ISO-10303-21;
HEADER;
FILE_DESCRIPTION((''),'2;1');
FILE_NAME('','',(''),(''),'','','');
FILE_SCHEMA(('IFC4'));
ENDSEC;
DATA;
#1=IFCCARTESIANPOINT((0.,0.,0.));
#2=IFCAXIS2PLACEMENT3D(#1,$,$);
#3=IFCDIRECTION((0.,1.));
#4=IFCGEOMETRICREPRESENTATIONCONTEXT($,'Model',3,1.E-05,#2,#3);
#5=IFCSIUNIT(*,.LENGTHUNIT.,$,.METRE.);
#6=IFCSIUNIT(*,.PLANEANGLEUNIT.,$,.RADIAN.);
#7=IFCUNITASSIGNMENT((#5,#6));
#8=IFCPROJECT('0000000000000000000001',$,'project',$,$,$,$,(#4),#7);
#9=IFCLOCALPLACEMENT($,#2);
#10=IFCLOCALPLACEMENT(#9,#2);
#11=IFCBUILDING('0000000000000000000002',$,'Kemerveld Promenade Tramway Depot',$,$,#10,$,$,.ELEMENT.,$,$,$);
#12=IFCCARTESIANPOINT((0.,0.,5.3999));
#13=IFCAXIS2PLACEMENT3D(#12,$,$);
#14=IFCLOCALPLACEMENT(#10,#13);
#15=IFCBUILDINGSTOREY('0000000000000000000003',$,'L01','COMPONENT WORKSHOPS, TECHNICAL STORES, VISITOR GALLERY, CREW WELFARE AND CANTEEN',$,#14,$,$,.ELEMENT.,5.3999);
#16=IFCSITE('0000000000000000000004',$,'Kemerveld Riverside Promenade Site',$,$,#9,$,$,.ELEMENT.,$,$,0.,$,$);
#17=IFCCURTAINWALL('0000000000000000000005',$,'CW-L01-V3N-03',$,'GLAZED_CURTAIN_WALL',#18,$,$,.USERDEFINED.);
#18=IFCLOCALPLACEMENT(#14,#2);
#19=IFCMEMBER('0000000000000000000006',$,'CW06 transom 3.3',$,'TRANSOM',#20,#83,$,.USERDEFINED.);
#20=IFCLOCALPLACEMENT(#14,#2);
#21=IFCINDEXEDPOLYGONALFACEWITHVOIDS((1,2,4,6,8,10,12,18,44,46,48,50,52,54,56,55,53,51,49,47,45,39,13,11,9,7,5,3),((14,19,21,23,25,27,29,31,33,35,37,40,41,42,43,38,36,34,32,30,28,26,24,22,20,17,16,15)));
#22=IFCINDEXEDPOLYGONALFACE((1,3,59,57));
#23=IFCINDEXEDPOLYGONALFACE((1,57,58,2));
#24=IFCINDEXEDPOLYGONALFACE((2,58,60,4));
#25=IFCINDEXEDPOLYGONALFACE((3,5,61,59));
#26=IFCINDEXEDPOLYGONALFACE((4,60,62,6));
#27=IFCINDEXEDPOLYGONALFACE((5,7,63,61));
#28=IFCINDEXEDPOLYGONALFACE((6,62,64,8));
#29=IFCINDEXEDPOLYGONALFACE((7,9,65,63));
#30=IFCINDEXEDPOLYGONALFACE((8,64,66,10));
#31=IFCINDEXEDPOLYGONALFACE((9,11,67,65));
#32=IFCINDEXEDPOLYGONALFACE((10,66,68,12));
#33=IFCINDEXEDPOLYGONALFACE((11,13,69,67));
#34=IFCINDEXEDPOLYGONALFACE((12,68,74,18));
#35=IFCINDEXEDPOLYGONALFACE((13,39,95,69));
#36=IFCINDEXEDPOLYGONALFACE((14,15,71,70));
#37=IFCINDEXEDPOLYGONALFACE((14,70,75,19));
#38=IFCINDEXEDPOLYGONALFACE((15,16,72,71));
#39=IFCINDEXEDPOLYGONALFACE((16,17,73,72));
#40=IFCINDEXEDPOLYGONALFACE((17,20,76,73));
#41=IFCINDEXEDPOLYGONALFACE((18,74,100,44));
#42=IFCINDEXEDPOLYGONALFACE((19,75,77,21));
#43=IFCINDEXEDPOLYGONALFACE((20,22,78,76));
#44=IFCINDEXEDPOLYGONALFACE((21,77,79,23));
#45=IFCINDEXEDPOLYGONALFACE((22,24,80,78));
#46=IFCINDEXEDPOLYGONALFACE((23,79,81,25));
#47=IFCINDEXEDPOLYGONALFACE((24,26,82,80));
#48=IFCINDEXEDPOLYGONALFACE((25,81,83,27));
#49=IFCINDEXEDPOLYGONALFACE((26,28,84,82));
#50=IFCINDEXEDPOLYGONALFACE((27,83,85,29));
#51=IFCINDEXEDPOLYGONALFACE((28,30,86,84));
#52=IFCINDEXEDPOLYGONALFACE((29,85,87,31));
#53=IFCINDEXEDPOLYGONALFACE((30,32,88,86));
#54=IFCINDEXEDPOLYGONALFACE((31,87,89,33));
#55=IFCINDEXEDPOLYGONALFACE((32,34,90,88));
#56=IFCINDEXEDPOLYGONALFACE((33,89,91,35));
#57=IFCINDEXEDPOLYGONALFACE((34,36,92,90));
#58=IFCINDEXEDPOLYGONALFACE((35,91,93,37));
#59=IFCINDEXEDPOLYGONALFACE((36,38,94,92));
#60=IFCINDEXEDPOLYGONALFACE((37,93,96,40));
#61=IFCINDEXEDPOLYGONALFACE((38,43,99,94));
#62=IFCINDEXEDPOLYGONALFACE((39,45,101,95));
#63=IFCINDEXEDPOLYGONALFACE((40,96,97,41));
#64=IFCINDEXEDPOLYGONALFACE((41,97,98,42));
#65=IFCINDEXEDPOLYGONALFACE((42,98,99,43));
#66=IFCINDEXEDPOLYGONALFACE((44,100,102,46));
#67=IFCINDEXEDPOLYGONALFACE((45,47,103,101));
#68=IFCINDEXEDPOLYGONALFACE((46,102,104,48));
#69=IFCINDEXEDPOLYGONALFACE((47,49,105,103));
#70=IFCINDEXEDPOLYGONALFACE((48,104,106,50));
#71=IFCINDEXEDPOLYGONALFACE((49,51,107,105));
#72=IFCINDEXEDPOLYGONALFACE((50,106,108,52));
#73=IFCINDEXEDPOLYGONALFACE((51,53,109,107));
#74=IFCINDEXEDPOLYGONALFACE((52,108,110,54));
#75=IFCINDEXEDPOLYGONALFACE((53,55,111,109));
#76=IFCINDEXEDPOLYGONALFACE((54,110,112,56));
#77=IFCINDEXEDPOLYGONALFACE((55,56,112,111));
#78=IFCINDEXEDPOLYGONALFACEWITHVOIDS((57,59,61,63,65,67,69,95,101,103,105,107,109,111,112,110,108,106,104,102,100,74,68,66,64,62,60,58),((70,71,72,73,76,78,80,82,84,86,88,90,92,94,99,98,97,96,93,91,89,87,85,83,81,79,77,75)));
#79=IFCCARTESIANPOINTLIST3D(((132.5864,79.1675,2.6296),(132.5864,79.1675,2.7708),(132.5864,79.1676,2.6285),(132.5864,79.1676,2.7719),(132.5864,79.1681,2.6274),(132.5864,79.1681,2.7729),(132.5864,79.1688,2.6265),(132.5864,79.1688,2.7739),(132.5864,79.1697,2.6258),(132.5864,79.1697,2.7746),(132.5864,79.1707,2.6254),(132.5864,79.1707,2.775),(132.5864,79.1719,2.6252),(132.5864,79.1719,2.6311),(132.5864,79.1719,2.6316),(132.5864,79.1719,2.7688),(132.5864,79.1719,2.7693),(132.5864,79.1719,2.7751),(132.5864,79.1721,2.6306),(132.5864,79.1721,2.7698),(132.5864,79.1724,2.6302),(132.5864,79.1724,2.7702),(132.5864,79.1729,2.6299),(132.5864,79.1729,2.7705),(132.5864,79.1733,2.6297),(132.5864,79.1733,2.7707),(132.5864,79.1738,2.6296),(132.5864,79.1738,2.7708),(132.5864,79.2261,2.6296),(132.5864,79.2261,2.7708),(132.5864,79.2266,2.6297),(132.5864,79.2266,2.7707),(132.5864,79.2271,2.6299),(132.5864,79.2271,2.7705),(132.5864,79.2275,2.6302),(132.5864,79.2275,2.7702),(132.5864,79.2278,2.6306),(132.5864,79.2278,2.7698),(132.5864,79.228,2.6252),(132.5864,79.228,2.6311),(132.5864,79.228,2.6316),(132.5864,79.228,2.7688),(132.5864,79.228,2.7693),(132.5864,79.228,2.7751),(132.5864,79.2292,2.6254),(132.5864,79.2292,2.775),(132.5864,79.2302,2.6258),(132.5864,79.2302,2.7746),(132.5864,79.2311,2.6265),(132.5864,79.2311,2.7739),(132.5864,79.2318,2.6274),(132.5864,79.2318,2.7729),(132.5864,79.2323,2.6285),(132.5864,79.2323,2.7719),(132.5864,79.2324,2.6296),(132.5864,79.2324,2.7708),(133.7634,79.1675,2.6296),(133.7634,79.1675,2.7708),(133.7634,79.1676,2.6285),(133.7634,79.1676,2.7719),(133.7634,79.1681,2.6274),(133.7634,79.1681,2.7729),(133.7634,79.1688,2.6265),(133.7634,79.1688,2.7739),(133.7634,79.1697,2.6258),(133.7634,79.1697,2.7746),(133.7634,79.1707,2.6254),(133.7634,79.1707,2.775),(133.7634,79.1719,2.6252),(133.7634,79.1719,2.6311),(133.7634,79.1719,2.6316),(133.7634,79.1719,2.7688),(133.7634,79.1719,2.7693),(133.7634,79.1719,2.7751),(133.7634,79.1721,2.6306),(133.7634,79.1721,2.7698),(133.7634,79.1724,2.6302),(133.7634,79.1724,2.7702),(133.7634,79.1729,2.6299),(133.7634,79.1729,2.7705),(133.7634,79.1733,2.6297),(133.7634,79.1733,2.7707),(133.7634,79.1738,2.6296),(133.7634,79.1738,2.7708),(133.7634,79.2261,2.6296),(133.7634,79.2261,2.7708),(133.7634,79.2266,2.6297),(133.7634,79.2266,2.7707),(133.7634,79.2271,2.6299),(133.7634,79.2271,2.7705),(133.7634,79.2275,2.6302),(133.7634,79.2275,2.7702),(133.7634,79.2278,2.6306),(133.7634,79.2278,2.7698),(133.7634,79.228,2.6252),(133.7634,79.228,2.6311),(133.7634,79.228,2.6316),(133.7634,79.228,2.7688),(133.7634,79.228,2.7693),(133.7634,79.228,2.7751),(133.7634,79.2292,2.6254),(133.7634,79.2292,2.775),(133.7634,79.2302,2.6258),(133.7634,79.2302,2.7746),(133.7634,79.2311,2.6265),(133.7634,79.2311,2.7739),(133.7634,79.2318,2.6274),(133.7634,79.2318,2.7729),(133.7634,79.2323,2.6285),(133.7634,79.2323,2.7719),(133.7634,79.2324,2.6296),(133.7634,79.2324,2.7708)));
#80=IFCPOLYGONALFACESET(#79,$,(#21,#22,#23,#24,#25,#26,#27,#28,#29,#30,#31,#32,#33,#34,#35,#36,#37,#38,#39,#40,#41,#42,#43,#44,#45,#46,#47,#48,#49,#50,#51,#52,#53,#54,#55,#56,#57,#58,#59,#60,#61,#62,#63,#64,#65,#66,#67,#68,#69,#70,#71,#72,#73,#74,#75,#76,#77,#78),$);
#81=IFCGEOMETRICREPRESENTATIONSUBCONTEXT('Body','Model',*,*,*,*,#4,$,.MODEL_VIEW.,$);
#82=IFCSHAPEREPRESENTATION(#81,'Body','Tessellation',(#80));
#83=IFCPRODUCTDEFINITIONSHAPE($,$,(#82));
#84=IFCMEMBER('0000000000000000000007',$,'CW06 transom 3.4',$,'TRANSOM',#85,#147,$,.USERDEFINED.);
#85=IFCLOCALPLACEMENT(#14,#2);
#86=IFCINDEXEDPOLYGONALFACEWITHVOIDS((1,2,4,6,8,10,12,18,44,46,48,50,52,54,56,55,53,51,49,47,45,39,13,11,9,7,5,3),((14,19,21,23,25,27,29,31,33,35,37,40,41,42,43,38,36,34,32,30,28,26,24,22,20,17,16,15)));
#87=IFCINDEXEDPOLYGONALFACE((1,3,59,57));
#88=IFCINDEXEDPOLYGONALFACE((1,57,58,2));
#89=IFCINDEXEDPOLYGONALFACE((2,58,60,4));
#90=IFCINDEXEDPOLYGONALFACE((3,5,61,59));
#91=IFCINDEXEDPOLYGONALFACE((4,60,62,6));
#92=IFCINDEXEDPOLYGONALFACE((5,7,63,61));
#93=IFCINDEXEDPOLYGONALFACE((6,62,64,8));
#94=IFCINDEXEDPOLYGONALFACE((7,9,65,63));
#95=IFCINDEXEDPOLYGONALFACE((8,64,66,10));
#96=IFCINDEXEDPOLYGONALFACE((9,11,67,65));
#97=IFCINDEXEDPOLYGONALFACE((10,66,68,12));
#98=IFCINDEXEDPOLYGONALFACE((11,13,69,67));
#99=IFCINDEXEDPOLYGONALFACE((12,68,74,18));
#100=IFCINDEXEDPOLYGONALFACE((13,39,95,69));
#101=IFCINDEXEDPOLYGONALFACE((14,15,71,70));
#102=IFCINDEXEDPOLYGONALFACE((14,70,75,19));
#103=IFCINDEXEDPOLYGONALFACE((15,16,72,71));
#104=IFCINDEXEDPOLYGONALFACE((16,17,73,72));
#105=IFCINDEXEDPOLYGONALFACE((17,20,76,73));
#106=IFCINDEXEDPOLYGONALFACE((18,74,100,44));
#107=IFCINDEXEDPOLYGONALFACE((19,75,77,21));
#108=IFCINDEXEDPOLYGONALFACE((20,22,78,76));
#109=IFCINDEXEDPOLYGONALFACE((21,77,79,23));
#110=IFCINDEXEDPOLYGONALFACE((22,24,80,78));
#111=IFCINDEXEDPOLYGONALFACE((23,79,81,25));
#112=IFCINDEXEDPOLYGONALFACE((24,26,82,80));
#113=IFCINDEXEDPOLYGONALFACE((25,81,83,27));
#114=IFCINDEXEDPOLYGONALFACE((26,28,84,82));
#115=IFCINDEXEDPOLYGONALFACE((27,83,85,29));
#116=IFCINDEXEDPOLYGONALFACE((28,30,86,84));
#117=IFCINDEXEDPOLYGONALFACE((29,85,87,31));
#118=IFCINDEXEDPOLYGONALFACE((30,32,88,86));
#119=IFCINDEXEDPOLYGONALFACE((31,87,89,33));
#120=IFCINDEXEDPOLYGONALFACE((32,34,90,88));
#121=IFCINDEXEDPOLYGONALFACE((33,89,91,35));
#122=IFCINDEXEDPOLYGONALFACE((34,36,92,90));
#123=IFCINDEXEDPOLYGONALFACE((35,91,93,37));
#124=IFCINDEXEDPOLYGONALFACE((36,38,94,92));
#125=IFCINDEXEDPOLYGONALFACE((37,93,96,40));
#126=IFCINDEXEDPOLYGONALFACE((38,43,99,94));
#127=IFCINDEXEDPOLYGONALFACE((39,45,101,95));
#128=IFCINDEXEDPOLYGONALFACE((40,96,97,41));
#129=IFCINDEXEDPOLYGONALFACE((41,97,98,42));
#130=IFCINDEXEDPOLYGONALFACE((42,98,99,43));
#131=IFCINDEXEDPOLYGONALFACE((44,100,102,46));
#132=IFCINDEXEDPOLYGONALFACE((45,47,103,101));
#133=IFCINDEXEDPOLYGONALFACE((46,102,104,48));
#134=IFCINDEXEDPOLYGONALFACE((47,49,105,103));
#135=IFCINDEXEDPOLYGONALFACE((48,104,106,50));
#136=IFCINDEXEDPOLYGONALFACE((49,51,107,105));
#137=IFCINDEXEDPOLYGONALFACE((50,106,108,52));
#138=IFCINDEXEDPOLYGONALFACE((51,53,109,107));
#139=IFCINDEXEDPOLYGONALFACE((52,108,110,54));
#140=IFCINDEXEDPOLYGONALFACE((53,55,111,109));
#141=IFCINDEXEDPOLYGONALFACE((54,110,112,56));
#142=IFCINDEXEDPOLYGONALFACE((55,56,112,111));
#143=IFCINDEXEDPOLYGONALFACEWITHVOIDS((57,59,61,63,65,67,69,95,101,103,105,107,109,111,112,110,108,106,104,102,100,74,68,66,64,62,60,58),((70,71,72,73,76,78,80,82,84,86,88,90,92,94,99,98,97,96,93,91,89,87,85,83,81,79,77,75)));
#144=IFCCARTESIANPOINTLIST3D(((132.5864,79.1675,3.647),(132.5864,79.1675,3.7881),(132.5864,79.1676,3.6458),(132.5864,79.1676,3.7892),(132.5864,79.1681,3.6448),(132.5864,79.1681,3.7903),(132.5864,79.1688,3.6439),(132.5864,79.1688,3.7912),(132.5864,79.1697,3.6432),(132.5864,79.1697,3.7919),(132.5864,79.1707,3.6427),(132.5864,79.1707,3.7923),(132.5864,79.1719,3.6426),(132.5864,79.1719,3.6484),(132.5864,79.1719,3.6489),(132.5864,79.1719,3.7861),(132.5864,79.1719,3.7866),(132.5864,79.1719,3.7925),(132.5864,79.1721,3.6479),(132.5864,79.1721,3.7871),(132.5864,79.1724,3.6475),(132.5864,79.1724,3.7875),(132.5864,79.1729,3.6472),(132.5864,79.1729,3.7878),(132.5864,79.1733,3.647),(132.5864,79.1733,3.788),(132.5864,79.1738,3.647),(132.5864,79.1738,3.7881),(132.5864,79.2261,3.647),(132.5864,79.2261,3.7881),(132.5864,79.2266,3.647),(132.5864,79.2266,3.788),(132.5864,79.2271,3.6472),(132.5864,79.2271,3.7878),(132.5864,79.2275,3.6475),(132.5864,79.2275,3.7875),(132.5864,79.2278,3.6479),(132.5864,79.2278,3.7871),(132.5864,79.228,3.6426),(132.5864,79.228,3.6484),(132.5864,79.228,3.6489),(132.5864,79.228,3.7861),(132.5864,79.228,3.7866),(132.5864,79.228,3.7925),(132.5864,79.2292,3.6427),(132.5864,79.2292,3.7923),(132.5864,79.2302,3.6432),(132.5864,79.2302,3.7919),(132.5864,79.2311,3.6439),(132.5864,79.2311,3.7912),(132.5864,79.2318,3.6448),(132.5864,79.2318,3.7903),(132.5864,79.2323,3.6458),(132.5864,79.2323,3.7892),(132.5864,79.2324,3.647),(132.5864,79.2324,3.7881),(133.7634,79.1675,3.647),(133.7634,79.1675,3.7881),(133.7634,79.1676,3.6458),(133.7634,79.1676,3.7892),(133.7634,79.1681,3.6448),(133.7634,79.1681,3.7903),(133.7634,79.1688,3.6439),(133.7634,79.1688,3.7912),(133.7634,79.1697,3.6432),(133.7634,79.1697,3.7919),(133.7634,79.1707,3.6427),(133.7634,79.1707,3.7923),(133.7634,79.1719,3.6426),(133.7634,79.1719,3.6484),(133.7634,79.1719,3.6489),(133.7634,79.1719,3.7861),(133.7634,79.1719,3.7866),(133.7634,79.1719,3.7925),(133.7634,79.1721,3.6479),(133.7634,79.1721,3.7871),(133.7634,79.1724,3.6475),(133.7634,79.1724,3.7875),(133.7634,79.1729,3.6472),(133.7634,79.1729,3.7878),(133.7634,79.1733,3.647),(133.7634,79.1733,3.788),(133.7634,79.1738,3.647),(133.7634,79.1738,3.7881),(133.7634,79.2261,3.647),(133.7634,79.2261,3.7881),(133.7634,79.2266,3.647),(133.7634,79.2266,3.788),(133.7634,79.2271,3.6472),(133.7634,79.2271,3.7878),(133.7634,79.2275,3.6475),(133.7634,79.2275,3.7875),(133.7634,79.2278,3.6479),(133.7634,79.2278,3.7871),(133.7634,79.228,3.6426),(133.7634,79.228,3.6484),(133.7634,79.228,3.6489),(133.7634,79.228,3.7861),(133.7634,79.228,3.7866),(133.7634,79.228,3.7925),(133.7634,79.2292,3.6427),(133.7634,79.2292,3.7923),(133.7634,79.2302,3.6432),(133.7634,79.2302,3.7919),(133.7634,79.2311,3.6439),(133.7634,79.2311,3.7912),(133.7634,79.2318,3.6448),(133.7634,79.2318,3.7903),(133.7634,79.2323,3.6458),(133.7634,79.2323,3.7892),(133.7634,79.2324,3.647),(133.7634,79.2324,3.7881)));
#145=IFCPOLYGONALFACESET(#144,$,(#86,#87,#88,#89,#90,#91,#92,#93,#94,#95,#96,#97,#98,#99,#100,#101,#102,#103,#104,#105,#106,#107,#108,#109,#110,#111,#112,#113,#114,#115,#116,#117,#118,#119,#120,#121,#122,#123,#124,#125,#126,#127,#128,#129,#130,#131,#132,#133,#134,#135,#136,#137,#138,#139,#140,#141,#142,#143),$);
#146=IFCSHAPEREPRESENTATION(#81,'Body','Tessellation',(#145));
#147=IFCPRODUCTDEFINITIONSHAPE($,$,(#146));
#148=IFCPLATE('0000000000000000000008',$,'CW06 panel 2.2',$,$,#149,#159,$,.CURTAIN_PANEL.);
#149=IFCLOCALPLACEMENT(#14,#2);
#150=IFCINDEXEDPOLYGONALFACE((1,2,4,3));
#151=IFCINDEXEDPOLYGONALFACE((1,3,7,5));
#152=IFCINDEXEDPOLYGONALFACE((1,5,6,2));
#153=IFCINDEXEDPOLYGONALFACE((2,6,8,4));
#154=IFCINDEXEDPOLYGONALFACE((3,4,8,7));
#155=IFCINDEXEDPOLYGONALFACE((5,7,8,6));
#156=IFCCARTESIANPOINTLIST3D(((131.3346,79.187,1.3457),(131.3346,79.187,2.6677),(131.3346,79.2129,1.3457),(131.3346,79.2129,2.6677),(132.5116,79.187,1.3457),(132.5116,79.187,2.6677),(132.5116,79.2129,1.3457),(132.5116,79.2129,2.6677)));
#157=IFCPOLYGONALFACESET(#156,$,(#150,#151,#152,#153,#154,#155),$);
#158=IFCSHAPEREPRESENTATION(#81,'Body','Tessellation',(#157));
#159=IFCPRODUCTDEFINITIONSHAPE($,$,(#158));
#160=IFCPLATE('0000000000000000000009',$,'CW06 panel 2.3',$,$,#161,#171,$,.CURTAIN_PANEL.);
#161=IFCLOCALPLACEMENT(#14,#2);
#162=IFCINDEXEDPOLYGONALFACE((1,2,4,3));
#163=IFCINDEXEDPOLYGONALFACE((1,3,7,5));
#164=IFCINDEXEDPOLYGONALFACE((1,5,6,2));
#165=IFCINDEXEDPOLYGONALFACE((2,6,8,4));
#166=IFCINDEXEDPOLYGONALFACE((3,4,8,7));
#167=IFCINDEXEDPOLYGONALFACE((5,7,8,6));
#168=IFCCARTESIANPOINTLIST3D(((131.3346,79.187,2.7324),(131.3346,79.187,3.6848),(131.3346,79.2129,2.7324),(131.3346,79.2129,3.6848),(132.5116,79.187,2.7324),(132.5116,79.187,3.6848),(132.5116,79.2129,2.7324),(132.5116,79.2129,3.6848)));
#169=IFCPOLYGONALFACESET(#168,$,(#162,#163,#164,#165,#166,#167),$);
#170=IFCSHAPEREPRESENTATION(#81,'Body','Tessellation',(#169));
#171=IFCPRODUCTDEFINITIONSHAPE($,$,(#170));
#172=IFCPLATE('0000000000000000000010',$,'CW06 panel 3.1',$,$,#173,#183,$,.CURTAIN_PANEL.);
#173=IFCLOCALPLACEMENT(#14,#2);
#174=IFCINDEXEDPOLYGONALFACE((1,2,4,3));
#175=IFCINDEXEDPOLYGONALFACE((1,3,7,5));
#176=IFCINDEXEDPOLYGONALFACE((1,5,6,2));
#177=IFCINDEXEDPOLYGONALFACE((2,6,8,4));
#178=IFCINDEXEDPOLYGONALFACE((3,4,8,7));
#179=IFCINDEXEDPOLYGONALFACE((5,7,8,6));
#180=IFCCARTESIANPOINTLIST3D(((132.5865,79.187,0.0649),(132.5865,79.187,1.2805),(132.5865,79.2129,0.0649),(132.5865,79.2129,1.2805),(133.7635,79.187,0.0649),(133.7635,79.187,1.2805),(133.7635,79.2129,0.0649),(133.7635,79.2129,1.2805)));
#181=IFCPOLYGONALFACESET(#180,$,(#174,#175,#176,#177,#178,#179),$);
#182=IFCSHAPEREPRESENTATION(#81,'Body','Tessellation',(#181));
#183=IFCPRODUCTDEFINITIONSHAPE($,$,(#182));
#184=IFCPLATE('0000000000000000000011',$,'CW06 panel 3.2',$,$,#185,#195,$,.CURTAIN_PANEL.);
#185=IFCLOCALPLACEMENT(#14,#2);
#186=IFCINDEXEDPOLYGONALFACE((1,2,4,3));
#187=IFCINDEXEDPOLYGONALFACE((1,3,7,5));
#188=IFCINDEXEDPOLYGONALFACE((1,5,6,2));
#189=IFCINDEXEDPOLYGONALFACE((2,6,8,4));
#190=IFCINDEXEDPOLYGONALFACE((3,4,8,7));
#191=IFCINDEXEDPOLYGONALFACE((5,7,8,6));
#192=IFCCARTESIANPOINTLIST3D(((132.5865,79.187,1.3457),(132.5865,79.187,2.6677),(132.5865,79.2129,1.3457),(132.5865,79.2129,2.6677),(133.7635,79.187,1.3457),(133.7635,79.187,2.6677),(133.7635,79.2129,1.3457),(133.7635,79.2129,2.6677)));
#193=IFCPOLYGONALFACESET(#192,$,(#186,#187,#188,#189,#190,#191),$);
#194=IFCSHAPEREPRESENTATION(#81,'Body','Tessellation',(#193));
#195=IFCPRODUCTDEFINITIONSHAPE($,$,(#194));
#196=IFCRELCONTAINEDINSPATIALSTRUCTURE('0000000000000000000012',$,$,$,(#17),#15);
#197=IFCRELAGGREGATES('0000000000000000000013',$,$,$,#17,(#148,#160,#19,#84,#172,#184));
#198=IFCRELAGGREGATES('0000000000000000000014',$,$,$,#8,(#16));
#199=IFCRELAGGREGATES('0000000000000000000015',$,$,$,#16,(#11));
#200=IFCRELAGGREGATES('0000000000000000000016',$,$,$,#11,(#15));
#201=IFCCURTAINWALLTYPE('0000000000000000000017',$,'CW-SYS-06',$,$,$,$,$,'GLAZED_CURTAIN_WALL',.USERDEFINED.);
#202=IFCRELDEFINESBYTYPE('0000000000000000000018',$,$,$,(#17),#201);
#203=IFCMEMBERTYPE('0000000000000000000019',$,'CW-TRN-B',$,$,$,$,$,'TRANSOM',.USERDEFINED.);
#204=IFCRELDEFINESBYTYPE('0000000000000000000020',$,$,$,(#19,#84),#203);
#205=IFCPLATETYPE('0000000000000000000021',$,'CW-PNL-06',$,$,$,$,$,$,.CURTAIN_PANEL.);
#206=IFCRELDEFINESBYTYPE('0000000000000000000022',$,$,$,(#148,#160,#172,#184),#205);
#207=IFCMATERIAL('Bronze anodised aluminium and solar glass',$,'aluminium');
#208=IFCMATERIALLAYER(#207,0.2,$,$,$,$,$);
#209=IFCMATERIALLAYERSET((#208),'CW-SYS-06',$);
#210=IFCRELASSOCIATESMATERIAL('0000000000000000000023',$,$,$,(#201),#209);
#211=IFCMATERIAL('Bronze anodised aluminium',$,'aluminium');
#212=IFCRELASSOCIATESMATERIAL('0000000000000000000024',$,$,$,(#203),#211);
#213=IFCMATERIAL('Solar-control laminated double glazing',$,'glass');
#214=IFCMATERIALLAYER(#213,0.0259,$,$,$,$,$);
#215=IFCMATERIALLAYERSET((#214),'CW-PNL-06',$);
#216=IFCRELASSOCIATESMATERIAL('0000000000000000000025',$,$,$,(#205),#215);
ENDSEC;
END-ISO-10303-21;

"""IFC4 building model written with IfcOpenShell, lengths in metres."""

from ifc_helpers import new_model, si_unit, direction, frame, origin, origin_2d, place, context, subcontext, project, spatial, rectangle, hollow_rectangle, extrude, material, layer, layer_set, material_profile, profile_set, type_object, element, aggregate, save


model = new_model("IFC4")

# Units and contexts
model_context = context("Model", 3, precision=1e-05, world=origin(), true_north=direction((0.0, 1.0)))
body_context = subcontext(model_context, "Body", "Model", "MODEL_VIEW")
ifc_project = project(units=[si_unit("LENGTHUNIT", "METRE"), si_unit("PLANEANGLEUNIT", "RADIAN")], contexts=[model_context])

# Site, building, storey
site_placement = place(None, origin())
site = spatial("IfcSite", under=ifc_project, at=site_placement, Name="Kemerveld Riverside Promenade Site", CompositionType="ELEMENT", RefElevation=0.0)
building_placement = place(site_placement, origin())
building = spatial("IfcBuilding", under=site, at=building_placement, Name="Kemerveld Promenade Tramway Depot", CompositionType="ELEMENT")
storey_placement = place(building_placement, frame((0.0, 0.0, 5.3999)))
storey = spatial("IfcBuildingStorey", under=building, at=storey_placement, Name="L01", Description="COMPONENT WORKSHOPS, TECHNICAL STORES, VISITOR GALLERY, CREW WELFARE AND CANTEEN", CompositionType="ELEMENT", Elevation=5.3999)

# Curtain wall, members, plates
ifc_material_1 = material(Name="Bronze anodised aluminium and solar glass", Category="aluminium")
ifc_layer_1 = layer(ifc_material_1, 0.2)
ifc_layer_set_1 = layer_set([ifc_layer_1], Name="CW-SYS-06")
curtain_wall_type = type_object("IfcCurtainWallType", Name="CW-SYS-06", ElementType="GLAZED_CURTAIN_WALL", PredefinedType="USERDEFINED", material=ifc_layer_set_1)
curtain_wall_placement = place(storey_placement, origin())
curtain_wall = element("IfcCurtainWall", 1, at=curtain_wall_placement, inside=storey, type_object=curtain_wall_type, Name="CW-L01-V3N-03", ObjectType="GLAZED_CURTAIN_WALL", PredefinedType="USERDEFINED")
ifc_material_2 = material(Name="Bronze anodised aluminium", Category="aluminium")
ifc_material_profile_1 = material_profile(ifc_material_2, hollow_rectangle(XDim=0.0649, YDim=0.1499, WallThickness=0.0044, InnerFilletRadius=0.002, OuterFilletRadius=0.0044, at=origin_2d()), Name="CW-TRN-150x65")
ifc_profile_set_1 = profile_set([ifc_material_profile_1], Name="Bronze anodised aluminium")
member_type_1 = type_object("IfcMemberType", Name="CW-TRN-B", ElementType="TRANSOM", PredefinedType="USERDEFINED", material=ifc_profile_set_1)
member_1_placement = place(storey_placement, frame((132.5864, 79.2, 2.7002), z_axis=(1.0, 0.0, 0.0), x_axis=(0.0, 1.0, 0.0)))
member_1 = element("IfcMember", 2, at=member_1_placement, type_object=member_type_1, Name="CW06 transom 3.3", ObjectType="TRANSOM", PredefinedType="USERDEFINED", context=body_context, shape_type="SweptSolid", body=[
    extrude(hollow_rectangle(XDim=0.0649, YDim=0.1499, WallThickness=0.0044, InnerFilletRadius=0.002, OuterFilletRadius=0.0044, at=origin_2d()), origin(), (0.0, 0.0, 1.0), 1.177),
])
member_2_placement = place(storey_placement, frame((132.5864, 79.2, 3.7175), z_axis=(1.0, 0.0, 0.0), x_axis=(0.0, 1.0, 0.0)))
member_2 = element("IfcMember", 3, at=member_2_placement, type_object=member_type_1, Name="CW06 transom 3.4", ObjectType="TRANSOM", PredefinedType="USERDEFINED", context=body_context, shape_type="SweptSolid", body=[
    extrude(hollow_rectangle(XDim=0.0649, YDim=0.1499, WallThickness=0.0044, InnerFilletRadius=0.002, OuterFilletRadius=0.0044, at=origin_2d()), origin(), (0.0, 0.0, 1.0), 1.177),
])
ifc_material_3 = material(Name="Solar-control laminated double glazing", Category="glass")
ifc_layer_2 = layer(ifc_material_3, 0.0259)
ifc_layer_set_2 = layer_set([ifc_layer_2], Name="CW-PNL-06")
plate_type = type_object("IfcPlateType", Name="CW-PNL-06", PredefinedType="CURTAIN_PANEL", material=ifc_layer_set_2)
plate_1_placement = place(storey_placement, frame((131.9231, 79.2, 1.3457), z_axis=(0.0, 0.0, 1.0), x_axis=(1.0, 0.0, 0.0)))
plate_1 = element("IfcPlate", 4, at=plate_1_placement, type_object=plate_type, Name="CW06 panel 2.2", PredefinedType="CURTAIN_PANEL", context=body_context, shape_type="SweptSolid", body=[
    extrude(rectangle(XDim=1.177, YDim=0.0259, at=origin_2d()), origin(), (0.0, 0.0, 1.0), 1.322),
])
plate_2_placement = place(storey_placement, frame((131.9231, 79.2, 2.7324), z_axis=(0.0, 0.0, 1.0), x_axis=(1.0, 0.0, 0.0)))
plate_2 = element("IfcPlate", 5, at=plate_2_placement, type_object=plate_type, Name="CW06 panel 2.3", PredefinedType="CURTAIN_PANEL", context=body_context, shape_type="SweptSolid", body=[
    extrude(rectangle(XDim=1.177, YDim=0.0259, at=origin_2d()), origin(), (0.0, 0.0, 1.0), 0.9524),
])
plate_3_placement = place(storey_placement, frame((133.175, 79.2, 0.0649), z_axis=(0.0, 0.0, 1.0), x_axis=(1.0, 0.0, 0.0)))
plate_3 = element("IfcPlate", 6, at=plate_3_placement, type_object=plate_type, Name="CW06 panel 3.1", PredefinedType="CURTAIN_PANEL", context=body_context, shape_type="SweptSolid", body=[
    extrude(rectangle(XDim=1.177, YDim=0.0259, at=origin_2d()), origin(), (0.0, 0.0, 1.0), 1.2156),
])
plate_4_placement = place(storey_placement, frame((133.175, 79.2, 1.3457), z_axis=(0.0, 0.0, 1.0), x_axis=(1.0, 0.0, 0.0)))
plate_4 = element("IfcPlate", 7, at=plate_4_placement, type_object=plate_type, Name="CW06 panel 3.2", PredefinedType="CURTAIN_PANEL", context=body_context, shape_type="SweptSolid", body=[
    extrude(rectangle(XDim=1.177, YDim=0.0259, at=origin_2d()), origin(), (0.0, 0.0, 1.0), 1.322),
])
aggregate(curtain_wall, [plate_1, plate_2, member_1, member_2, plate_3, plate_4])

save(model, "model.ifc")
